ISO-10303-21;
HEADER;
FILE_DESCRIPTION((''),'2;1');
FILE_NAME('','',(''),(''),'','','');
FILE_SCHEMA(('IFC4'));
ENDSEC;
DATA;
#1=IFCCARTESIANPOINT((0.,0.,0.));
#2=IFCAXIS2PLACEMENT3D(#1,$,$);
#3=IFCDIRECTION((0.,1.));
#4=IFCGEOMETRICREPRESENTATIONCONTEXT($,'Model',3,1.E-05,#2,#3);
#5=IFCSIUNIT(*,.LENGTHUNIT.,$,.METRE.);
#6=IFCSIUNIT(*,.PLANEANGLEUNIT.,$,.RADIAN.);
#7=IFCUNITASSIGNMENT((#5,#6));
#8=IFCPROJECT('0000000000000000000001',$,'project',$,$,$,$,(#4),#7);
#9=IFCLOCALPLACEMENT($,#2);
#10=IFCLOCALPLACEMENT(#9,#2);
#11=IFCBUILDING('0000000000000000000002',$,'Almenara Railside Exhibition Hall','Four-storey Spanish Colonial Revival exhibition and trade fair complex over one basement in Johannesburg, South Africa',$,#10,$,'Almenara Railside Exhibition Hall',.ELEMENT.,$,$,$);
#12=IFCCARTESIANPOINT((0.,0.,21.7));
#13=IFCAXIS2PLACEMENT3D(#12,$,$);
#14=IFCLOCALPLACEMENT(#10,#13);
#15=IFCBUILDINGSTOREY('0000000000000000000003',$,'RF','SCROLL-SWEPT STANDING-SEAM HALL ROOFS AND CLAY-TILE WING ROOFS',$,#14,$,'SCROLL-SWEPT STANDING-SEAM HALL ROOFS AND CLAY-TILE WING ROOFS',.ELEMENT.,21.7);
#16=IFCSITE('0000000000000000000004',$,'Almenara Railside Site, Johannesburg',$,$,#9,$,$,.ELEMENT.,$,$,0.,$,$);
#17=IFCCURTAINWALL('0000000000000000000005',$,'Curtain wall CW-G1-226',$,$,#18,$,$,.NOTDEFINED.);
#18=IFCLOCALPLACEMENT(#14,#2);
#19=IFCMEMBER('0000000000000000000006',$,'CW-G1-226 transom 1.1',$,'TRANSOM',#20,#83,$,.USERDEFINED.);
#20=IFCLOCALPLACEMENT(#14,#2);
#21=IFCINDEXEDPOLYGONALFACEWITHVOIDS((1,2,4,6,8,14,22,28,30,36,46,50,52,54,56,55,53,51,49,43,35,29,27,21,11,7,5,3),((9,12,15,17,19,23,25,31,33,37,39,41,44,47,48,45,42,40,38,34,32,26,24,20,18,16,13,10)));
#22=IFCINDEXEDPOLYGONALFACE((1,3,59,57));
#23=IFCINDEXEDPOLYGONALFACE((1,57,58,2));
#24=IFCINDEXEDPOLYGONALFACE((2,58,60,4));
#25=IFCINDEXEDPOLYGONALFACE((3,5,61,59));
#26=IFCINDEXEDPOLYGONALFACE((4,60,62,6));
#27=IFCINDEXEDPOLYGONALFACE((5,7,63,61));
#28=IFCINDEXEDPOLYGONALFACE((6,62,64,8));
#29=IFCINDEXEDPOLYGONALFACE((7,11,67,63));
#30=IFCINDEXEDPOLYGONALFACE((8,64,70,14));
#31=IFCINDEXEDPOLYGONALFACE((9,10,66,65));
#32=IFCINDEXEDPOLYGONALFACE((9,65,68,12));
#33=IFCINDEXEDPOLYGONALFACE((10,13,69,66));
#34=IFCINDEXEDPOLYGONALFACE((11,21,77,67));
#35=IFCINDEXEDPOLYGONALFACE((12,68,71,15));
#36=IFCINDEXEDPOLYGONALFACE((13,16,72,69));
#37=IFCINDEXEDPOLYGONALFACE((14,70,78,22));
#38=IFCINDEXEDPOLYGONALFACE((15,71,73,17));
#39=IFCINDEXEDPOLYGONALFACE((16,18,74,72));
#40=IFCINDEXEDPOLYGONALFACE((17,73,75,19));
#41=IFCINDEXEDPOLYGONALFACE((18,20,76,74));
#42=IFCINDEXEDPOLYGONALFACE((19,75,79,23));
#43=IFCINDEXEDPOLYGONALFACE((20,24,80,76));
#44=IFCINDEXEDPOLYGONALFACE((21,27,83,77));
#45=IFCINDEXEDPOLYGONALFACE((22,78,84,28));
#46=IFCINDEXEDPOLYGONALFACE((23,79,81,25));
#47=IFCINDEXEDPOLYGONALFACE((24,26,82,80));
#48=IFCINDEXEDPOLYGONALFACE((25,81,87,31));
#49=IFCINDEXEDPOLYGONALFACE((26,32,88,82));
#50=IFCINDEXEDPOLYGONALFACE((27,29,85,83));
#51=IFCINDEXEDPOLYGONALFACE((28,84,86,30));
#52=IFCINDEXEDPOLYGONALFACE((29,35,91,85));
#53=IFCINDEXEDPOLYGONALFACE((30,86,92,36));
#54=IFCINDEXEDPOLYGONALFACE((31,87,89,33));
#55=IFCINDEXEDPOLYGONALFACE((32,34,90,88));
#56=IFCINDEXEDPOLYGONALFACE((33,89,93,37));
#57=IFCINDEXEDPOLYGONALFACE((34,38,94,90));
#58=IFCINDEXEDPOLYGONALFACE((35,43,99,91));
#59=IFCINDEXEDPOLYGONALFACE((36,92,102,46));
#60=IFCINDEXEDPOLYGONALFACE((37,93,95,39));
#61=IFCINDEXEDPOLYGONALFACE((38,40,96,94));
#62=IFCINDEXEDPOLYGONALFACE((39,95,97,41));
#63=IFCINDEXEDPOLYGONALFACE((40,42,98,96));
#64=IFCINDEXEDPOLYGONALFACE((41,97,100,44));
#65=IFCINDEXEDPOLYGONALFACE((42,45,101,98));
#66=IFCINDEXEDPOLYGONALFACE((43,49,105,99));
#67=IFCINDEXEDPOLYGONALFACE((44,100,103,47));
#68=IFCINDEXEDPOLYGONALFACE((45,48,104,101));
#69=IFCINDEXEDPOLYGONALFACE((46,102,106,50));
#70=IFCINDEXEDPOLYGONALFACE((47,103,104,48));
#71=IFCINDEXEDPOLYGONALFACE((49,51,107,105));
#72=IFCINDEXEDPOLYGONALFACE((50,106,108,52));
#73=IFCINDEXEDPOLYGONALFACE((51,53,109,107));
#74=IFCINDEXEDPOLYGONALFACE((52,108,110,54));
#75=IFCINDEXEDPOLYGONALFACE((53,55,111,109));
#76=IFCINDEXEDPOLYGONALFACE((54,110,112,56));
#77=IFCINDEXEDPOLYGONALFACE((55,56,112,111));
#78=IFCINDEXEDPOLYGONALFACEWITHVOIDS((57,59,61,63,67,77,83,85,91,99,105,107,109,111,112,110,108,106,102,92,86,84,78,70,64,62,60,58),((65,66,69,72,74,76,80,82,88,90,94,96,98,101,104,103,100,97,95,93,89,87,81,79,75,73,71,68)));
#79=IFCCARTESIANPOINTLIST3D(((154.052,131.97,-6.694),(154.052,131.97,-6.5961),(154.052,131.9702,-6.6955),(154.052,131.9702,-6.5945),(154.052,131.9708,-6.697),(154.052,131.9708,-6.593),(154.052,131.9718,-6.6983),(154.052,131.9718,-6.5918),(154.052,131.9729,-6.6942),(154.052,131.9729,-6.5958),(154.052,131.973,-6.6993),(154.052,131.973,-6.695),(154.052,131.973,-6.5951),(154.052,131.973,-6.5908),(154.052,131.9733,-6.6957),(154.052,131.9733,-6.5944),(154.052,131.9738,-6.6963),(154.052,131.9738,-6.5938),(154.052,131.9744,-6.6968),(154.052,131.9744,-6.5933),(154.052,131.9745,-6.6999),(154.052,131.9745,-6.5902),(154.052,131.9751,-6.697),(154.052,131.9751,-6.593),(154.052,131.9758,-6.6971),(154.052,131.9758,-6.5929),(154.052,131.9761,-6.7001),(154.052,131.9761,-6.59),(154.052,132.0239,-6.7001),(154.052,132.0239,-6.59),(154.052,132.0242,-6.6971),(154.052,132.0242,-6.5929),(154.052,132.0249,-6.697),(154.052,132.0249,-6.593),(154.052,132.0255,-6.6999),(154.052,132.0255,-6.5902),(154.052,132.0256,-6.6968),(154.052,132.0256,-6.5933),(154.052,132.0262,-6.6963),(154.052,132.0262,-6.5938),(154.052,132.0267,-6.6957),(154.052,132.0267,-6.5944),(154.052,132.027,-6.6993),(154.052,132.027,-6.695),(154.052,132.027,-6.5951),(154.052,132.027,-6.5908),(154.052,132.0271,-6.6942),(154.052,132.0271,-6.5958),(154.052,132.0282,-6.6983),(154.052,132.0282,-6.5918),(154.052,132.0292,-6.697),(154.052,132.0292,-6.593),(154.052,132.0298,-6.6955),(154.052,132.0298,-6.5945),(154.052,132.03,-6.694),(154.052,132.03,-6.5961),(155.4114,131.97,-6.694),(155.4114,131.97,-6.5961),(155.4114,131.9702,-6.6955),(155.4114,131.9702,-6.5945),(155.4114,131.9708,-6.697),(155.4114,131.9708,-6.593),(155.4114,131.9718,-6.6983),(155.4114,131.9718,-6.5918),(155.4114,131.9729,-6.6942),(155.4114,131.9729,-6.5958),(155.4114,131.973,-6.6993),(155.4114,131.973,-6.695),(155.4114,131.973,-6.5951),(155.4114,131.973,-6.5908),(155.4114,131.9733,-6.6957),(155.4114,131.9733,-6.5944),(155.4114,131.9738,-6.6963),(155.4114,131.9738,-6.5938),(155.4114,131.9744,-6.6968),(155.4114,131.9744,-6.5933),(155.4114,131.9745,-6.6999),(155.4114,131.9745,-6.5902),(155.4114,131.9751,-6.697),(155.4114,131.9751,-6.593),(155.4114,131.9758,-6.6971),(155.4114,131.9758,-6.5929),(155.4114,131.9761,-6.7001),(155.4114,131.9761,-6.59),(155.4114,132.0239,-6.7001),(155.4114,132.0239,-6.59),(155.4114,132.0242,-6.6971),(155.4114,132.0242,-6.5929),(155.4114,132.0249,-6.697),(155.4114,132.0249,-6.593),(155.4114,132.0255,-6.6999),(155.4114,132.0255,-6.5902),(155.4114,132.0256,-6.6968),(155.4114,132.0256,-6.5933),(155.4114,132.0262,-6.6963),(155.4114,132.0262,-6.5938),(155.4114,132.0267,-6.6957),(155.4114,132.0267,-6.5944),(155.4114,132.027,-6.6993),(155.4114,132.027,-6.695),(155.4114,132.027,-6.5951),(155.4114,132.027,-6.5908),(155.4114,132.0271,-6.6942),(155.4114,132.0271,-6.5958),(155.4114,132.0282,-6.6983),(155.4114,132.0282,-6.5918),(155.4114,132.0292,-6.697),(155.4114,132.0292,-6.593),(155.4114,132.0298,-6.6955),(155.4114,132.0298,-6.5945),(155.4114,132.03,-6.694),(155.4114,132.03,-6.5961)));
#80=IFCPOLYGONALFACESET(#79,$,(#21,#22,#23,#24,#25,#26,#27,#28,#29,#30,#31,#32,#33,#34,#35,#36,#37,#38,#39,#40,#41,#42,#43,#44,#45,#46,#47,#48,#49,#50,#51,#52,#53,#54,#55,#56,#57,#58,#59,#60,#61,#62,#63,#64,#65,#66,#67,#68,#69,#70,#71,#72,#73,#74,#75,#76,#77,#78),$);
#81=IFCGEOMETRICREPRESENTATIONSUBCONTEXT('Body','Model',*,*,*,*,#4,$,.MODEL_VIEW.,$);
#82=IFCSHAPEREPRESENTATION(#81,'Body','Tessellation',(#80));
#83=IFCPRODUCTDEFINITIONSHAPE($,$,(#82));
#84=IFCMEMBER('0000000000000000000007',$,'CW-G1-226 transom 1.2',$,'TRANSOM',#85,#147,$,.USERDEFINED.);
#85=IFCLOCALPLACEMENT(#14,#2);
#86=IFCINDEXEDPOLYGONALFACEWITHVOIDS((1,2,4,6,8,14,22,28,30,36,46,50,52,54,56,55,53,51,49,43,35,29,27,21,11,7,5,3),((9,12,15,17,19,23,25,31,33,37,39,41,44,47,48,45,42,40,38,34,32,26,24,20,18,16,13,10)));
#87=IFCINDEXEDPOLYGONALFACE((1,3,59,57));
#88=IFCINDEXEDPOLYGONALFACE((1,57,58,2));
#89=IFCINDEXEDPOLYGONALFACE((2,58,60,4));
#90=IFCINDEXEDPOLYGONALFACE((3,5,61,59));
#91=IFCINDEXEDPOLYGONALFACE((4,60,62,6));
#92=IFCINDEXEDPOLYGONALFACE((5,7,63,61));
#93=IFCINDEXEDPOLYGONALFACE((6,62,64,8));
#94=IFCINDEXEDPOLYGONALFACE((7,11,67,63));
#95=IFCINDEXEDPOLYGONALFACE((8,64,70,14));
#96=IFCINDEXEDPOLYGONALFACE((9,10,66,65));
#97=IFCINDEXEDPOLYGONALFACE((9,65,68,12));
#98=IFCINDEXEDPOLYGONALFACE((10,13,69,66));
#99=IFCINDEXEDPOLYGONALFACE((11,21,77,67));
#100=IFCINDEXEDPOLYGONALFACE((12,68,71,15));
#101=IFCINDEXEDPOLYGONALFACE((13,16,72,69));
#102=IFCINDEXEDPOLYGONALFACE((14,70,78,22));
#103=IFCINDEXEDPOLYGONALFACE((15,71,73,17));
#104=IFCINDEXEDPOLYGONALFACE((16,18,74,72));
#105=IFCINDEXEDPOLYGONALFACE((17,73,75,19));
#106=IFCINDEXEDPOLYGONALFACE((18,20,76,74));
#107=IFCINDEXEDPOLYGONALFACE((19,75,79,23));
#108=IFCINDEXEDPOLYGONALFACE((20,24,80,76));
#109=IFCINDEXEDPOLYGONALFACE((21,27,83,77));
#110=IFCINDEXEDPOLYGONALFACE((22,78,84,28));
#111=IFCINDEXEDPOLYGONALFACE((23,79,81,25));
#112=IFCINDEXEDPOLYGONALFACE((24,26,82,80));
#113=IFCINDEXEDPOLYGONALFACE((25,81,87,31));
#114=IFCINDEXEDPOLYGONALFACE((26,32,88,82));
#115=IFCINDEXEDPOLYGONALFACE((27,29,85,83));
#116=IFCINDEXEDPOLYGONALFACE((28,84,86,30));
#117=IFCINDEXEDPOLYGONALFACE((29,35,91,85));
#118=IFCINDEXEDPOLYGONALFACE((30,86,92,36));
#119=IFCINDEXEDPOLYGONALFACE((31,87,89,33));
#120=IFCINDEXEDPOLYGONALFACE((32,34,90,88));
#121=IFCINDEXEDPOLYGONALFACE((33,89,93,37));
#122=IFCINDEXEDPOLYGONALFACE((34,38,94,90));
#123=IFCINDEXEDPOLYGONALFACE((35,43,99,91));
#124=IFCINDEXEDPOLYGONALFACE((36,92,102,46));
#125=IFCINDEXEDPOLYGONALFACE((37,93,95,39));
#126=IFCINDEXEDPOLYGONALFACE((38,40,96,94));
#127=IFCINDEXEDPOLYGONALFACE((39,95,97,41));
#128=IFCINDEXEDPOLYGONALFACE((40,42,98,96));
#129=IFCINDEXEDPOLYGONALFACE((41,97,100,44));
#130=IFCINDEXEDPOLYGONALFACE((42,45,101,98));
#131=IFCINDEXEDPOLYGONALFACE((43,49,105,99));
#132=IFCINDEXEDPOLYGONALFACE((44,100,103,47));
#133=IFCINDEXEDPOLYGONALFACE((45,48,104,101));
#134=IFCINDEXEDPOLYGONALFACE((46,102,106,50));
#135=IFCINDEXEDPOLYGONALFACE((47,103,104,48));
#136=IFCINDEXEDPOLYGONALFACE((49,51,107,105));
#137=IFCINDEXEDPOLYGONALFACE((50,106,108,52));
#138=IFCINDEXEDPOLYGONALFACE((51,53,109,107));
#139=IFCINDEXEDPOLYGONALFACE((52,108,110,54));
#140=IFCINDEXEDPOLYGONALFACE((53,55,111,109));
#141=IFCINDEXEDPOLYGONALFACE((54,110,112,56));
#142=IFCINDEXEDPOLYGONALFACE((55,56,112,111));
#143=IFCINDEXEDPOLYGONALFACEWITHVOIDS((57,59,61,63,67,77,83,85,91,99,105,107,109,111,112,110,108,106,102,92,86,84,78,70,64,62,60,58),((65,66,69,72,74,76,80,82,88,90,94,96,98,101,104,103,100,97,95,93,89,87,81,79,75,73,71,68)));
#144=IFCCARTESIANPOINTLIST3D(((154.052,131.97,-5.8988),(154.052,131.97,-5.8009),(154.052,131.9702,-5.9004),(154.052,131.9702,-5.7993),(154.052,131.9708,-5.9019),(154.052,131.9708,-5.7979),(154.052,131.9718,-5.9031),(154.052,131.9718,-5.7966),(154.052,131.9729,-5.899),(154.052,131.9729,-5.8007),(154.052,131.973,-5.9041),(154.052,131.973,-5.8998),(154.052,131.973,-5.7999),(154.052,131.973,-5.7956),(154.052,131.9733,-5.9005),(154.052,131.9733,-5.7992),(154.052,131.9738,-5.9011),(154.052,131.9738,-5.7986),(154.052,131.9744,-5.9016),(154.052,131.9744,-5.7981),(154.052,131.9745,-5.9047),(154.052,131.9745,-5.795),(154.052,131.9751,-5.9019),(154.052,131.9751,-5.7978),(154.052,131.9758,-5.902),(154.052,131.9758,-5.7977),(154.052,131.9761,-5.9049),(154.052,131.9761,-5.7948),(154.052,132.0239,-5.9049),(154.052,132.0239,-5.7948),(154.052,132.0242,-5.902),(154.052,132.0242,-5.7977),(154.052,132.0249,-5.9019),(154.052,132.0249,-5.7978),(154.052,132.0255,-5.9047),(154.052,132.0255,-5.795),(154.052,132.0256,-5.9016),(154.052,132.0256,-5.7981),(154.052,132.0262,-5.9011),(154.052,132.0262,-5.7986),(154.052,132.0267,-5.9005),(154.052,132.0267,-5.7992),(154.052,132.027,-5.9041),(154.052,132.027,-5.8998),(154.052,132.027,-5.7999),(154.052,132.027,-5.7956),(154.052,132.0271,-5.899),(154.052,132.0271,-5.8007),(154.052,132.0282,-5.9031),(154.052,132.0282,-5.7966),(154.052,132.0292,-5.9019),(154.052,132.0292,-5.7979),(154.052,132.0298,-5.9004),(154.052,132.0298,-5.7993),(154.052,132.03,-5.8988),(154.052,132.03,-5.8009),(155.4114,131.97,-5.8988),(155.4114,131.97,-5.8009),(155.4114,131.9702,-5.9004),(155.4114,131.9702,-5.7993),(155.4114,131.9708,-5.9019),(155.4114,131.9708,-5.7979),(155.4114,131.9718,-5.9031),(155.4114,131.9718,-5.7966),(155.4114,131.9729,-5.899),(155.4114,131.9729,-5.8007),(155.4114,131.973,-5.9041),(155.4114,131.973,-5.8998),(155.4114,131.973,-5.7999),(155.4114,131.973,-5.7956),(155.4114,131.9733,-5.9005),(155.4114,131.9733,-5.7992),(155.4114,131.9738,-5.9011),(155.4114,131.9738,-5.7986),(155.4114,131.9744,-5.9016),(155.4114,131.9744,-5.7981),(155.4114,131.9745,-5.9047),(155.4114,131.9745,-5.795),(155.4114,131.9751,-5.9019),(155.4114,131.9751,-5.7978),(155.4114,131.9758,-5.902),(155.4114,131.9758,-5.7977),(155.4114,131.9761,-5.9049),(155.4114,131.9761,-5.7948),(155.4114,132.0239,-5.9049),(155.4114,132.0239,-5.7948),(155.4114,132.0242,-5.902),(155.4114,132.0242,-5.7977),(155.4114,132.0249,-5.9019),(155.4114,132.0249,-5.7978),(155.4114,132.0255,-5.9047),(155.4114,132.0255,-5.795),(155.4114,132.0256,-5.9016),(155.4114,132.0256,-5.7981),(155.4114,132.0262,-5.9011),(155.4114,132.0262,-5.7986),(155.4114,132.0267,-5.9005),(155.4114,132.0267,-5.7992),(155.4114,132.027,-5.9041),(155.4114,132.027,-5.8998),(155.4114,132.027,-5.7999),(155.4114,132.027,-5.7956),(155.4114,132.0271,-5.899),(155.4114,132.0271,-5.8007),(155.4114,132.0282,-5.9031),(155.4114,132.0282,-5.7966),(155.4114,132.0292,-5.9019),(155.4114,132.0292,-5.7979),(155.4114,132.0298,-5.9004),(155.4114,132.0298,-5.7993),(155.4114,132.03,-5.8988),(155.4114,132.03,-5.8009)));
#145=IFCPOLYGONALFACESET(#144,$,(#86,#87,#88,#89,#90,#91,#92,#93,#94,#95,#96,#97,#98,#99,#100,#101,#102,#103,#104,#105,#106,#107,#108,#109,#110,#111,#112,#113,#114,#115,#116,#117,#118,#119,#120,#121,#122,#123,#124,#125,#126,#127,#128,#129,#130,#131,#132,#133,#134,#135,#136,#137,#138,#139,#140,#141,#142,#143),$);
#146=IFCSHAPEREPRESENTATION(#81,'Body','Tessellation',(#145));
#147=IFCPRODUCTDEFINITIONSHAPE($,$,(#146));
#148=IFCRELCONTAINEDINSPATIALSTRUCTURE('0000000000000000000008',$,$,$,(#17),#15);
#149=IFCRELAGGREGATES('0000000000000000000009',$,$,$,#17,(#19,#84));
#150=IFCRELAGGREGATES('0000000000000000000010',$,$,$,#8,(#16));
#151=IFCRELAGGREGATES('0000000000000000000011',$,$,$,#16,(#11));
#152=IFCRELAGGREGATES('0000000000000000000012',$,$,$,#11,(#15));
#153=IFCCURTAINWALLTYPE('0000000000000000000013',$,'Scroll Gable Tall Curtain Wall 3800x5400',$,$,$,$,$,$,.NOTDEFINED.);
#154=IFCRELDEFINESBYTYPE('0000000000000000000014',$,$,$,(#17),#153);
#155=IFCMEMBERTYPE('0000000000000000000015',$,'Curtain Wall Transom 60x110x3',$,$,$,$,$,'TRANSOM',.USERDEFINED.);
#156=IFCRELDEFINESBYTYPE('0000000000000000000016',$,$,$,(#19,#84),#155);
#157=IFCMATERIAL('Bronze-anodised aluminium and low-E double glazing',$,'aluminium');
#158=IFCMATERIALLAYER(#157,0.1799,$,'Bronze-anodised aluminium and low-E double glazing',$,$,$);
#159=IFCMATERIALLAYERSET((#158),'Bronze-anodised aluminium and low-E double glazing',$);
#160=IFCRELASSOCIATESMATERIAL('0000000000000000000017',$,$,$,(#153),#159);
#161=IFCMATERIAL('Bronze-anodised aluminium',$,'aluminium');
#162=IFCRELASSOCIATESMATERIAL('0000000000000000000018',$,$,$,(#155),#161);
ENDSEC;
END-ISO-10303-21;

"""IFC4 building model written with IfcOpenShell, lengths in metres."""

from ifc_helpers import new_model, si_unit, direction, frame, origin, origin_2d, place, context, subcontext, project, spatial, hollow_rectangle, extrude, material, layer, layer_set, material_profile, profile_set, type_object, element, aggregate, save


model = new_model("IFC4")

# Units and contexts
model_context = context("Model", 3, precision=1e-05, world=origin(), true_north=direction((0.0, 1.0)))
body_context = subcontext(model_context, "Body", "Model", "MODEL_VIEW")
ifc_project = project(units=[si_unit("LENGTHUNIT", "METRE"), si_unit("PLANEANGLEUNIT", "RADIAN")], contexts=[model_context])

# Site, building, storey
site_placement = place(None, origin())
site = spatial("IfcSite", under=ifc_project, at=site_placement, Name="Almenara Railside Site, Johannesburg", CompositionType="ELEMENT", RefElevation=0.0)
building_placement = place(site_placement, origin())
building = spatial("IfcBuilding", under=site, at=building_placement, Name="Almenara Railside Exhibition Hall", Description="Four-storey Spanish Colonial Revival exhibition and trade fair complex over one basement in Johannesburg, South Africa", LongName="Almenara Railside Exhibition Hall", CompositionType="ELEMENT")
storey_placement = place(building_placement, frame((0.0, 0.0, 21.7)))
storey = spatial("IfcBuildingStorey", under=building, at=storey_placement, Name="RF", Description="SCROLL-SWEPT STANDING-SEAM HALL ROOFS AND CLAY-TILE WING ROOFS", LongName="SCROLL-SWEPT STANDING-SEAM HALL ROOFS AND CLAY-TILE WING ROOFS", CompositionType="ELEMENT", Elevation=21.7)

# Curtain wall
ifc_material_1 = material(Name="Bronze-anodised aluminium and low-E double glazing", Category="aluminium")
ifc_layer_1 = layer(ifc_material_1, 0.1799, Name="Bronze-anodised aluminium and low-E double glazing")
ifc_layer_set_1 = layer_set([ifc_layer_1], Name="Bronze-anodised aluminium and low-E double glazing")
curtain_wall_type = type_object("IfcCurtainWallType", Name="Scroll Gable Tall Curtain Wall 3800x5400", PredefinedType="NOTDEFINED", material=ifc_layer_set_1)
ifc_material_2 = material(Name="Bronze-anodised aluminium", Category="aluminium")
curtain_wall_1_placement = place(storey_placement, origin())
curtain_wall_1 = element("IfcCurtainWall", 1, at=curtain_wall_1_placement, inside=storey, type_object=curtain_wall_type, Name="Curtain wall CW-G1-226", PredefinedType="NOTDEFINED")

# Members
ifc_material_profile_1 = material_profile(ifc_material_2, hollow_rectangle(XDim=0.0601, YDim=0.1101, WallThickness=0.0029, InnerFilletRadius=0.0029, OuterFilletRadius=0.0061, at=origin_2d()), Name="ALU-TRN 60x110x3")
ifc_profile_set_1 = profile_set([ifc_material_profile_1], Name="Bronze-anodised aluminium")
member_type_1 = type_object("IfcMemberType", Name="Curtain Wall Transom 60x110x3", ElementType="TRANSOM", PredefinedType="USERDEFINED", material=ifc_profile_set_1)
member_1_placement = place(storey_placement, frame((154.052, 132.0, -6.645), z_axis=(1.0, 0.0, 0.0), x_axis=(0.0, 1.0, 0.0)))
member_1 = element("IfcMember", 2, at=member_1_placement, type_object=member_type_1, Name="CW-G1-226 transom 1.1", ObjectType="TRANSOM", PredefinedType="USERDEFINED", context=body_context, shape_type="SweptSolid", body=[
    extrude(hollow_rectangle(XDim=0.0601, YDim=0.1101, WallThickness=0.0029, InnerFilletRadius=0.0029, OuterFilletRadius=0.0061, at=origin_2d()), origin(), (0.0, 0.0, 1.0), 1.3594),
])
member_2_placement = place(storey_placement, frame((154.052, 132.0, -5.8499), z_axis=(1.0, 0.0, 0.0), x_axis=(0.0, 1.0, 0.0)))
member_2 = element("IfcMember", 3, at=member_2_placement, type_object=member_type_1, Name="CW-G1-226 transom 1.2", ObjectType="TRANSOM", PredefinedType="USERDEFINED", context=body_context, shape_type="SweptSolid", body=[
    extrude(hollow_rectangle(XDim=0.0601, YDim=0.1101, WallThickness=0.0029, InnerFilletRadius=0.0029, OuterFilletRadius=0.0061, at=origin_2d()), origin(), (0.0, 0.0, 1.0), 1.3594),
])

aggregate(curtain_wall_1, [member_1, member_2])

save(model, "model.ifc")
